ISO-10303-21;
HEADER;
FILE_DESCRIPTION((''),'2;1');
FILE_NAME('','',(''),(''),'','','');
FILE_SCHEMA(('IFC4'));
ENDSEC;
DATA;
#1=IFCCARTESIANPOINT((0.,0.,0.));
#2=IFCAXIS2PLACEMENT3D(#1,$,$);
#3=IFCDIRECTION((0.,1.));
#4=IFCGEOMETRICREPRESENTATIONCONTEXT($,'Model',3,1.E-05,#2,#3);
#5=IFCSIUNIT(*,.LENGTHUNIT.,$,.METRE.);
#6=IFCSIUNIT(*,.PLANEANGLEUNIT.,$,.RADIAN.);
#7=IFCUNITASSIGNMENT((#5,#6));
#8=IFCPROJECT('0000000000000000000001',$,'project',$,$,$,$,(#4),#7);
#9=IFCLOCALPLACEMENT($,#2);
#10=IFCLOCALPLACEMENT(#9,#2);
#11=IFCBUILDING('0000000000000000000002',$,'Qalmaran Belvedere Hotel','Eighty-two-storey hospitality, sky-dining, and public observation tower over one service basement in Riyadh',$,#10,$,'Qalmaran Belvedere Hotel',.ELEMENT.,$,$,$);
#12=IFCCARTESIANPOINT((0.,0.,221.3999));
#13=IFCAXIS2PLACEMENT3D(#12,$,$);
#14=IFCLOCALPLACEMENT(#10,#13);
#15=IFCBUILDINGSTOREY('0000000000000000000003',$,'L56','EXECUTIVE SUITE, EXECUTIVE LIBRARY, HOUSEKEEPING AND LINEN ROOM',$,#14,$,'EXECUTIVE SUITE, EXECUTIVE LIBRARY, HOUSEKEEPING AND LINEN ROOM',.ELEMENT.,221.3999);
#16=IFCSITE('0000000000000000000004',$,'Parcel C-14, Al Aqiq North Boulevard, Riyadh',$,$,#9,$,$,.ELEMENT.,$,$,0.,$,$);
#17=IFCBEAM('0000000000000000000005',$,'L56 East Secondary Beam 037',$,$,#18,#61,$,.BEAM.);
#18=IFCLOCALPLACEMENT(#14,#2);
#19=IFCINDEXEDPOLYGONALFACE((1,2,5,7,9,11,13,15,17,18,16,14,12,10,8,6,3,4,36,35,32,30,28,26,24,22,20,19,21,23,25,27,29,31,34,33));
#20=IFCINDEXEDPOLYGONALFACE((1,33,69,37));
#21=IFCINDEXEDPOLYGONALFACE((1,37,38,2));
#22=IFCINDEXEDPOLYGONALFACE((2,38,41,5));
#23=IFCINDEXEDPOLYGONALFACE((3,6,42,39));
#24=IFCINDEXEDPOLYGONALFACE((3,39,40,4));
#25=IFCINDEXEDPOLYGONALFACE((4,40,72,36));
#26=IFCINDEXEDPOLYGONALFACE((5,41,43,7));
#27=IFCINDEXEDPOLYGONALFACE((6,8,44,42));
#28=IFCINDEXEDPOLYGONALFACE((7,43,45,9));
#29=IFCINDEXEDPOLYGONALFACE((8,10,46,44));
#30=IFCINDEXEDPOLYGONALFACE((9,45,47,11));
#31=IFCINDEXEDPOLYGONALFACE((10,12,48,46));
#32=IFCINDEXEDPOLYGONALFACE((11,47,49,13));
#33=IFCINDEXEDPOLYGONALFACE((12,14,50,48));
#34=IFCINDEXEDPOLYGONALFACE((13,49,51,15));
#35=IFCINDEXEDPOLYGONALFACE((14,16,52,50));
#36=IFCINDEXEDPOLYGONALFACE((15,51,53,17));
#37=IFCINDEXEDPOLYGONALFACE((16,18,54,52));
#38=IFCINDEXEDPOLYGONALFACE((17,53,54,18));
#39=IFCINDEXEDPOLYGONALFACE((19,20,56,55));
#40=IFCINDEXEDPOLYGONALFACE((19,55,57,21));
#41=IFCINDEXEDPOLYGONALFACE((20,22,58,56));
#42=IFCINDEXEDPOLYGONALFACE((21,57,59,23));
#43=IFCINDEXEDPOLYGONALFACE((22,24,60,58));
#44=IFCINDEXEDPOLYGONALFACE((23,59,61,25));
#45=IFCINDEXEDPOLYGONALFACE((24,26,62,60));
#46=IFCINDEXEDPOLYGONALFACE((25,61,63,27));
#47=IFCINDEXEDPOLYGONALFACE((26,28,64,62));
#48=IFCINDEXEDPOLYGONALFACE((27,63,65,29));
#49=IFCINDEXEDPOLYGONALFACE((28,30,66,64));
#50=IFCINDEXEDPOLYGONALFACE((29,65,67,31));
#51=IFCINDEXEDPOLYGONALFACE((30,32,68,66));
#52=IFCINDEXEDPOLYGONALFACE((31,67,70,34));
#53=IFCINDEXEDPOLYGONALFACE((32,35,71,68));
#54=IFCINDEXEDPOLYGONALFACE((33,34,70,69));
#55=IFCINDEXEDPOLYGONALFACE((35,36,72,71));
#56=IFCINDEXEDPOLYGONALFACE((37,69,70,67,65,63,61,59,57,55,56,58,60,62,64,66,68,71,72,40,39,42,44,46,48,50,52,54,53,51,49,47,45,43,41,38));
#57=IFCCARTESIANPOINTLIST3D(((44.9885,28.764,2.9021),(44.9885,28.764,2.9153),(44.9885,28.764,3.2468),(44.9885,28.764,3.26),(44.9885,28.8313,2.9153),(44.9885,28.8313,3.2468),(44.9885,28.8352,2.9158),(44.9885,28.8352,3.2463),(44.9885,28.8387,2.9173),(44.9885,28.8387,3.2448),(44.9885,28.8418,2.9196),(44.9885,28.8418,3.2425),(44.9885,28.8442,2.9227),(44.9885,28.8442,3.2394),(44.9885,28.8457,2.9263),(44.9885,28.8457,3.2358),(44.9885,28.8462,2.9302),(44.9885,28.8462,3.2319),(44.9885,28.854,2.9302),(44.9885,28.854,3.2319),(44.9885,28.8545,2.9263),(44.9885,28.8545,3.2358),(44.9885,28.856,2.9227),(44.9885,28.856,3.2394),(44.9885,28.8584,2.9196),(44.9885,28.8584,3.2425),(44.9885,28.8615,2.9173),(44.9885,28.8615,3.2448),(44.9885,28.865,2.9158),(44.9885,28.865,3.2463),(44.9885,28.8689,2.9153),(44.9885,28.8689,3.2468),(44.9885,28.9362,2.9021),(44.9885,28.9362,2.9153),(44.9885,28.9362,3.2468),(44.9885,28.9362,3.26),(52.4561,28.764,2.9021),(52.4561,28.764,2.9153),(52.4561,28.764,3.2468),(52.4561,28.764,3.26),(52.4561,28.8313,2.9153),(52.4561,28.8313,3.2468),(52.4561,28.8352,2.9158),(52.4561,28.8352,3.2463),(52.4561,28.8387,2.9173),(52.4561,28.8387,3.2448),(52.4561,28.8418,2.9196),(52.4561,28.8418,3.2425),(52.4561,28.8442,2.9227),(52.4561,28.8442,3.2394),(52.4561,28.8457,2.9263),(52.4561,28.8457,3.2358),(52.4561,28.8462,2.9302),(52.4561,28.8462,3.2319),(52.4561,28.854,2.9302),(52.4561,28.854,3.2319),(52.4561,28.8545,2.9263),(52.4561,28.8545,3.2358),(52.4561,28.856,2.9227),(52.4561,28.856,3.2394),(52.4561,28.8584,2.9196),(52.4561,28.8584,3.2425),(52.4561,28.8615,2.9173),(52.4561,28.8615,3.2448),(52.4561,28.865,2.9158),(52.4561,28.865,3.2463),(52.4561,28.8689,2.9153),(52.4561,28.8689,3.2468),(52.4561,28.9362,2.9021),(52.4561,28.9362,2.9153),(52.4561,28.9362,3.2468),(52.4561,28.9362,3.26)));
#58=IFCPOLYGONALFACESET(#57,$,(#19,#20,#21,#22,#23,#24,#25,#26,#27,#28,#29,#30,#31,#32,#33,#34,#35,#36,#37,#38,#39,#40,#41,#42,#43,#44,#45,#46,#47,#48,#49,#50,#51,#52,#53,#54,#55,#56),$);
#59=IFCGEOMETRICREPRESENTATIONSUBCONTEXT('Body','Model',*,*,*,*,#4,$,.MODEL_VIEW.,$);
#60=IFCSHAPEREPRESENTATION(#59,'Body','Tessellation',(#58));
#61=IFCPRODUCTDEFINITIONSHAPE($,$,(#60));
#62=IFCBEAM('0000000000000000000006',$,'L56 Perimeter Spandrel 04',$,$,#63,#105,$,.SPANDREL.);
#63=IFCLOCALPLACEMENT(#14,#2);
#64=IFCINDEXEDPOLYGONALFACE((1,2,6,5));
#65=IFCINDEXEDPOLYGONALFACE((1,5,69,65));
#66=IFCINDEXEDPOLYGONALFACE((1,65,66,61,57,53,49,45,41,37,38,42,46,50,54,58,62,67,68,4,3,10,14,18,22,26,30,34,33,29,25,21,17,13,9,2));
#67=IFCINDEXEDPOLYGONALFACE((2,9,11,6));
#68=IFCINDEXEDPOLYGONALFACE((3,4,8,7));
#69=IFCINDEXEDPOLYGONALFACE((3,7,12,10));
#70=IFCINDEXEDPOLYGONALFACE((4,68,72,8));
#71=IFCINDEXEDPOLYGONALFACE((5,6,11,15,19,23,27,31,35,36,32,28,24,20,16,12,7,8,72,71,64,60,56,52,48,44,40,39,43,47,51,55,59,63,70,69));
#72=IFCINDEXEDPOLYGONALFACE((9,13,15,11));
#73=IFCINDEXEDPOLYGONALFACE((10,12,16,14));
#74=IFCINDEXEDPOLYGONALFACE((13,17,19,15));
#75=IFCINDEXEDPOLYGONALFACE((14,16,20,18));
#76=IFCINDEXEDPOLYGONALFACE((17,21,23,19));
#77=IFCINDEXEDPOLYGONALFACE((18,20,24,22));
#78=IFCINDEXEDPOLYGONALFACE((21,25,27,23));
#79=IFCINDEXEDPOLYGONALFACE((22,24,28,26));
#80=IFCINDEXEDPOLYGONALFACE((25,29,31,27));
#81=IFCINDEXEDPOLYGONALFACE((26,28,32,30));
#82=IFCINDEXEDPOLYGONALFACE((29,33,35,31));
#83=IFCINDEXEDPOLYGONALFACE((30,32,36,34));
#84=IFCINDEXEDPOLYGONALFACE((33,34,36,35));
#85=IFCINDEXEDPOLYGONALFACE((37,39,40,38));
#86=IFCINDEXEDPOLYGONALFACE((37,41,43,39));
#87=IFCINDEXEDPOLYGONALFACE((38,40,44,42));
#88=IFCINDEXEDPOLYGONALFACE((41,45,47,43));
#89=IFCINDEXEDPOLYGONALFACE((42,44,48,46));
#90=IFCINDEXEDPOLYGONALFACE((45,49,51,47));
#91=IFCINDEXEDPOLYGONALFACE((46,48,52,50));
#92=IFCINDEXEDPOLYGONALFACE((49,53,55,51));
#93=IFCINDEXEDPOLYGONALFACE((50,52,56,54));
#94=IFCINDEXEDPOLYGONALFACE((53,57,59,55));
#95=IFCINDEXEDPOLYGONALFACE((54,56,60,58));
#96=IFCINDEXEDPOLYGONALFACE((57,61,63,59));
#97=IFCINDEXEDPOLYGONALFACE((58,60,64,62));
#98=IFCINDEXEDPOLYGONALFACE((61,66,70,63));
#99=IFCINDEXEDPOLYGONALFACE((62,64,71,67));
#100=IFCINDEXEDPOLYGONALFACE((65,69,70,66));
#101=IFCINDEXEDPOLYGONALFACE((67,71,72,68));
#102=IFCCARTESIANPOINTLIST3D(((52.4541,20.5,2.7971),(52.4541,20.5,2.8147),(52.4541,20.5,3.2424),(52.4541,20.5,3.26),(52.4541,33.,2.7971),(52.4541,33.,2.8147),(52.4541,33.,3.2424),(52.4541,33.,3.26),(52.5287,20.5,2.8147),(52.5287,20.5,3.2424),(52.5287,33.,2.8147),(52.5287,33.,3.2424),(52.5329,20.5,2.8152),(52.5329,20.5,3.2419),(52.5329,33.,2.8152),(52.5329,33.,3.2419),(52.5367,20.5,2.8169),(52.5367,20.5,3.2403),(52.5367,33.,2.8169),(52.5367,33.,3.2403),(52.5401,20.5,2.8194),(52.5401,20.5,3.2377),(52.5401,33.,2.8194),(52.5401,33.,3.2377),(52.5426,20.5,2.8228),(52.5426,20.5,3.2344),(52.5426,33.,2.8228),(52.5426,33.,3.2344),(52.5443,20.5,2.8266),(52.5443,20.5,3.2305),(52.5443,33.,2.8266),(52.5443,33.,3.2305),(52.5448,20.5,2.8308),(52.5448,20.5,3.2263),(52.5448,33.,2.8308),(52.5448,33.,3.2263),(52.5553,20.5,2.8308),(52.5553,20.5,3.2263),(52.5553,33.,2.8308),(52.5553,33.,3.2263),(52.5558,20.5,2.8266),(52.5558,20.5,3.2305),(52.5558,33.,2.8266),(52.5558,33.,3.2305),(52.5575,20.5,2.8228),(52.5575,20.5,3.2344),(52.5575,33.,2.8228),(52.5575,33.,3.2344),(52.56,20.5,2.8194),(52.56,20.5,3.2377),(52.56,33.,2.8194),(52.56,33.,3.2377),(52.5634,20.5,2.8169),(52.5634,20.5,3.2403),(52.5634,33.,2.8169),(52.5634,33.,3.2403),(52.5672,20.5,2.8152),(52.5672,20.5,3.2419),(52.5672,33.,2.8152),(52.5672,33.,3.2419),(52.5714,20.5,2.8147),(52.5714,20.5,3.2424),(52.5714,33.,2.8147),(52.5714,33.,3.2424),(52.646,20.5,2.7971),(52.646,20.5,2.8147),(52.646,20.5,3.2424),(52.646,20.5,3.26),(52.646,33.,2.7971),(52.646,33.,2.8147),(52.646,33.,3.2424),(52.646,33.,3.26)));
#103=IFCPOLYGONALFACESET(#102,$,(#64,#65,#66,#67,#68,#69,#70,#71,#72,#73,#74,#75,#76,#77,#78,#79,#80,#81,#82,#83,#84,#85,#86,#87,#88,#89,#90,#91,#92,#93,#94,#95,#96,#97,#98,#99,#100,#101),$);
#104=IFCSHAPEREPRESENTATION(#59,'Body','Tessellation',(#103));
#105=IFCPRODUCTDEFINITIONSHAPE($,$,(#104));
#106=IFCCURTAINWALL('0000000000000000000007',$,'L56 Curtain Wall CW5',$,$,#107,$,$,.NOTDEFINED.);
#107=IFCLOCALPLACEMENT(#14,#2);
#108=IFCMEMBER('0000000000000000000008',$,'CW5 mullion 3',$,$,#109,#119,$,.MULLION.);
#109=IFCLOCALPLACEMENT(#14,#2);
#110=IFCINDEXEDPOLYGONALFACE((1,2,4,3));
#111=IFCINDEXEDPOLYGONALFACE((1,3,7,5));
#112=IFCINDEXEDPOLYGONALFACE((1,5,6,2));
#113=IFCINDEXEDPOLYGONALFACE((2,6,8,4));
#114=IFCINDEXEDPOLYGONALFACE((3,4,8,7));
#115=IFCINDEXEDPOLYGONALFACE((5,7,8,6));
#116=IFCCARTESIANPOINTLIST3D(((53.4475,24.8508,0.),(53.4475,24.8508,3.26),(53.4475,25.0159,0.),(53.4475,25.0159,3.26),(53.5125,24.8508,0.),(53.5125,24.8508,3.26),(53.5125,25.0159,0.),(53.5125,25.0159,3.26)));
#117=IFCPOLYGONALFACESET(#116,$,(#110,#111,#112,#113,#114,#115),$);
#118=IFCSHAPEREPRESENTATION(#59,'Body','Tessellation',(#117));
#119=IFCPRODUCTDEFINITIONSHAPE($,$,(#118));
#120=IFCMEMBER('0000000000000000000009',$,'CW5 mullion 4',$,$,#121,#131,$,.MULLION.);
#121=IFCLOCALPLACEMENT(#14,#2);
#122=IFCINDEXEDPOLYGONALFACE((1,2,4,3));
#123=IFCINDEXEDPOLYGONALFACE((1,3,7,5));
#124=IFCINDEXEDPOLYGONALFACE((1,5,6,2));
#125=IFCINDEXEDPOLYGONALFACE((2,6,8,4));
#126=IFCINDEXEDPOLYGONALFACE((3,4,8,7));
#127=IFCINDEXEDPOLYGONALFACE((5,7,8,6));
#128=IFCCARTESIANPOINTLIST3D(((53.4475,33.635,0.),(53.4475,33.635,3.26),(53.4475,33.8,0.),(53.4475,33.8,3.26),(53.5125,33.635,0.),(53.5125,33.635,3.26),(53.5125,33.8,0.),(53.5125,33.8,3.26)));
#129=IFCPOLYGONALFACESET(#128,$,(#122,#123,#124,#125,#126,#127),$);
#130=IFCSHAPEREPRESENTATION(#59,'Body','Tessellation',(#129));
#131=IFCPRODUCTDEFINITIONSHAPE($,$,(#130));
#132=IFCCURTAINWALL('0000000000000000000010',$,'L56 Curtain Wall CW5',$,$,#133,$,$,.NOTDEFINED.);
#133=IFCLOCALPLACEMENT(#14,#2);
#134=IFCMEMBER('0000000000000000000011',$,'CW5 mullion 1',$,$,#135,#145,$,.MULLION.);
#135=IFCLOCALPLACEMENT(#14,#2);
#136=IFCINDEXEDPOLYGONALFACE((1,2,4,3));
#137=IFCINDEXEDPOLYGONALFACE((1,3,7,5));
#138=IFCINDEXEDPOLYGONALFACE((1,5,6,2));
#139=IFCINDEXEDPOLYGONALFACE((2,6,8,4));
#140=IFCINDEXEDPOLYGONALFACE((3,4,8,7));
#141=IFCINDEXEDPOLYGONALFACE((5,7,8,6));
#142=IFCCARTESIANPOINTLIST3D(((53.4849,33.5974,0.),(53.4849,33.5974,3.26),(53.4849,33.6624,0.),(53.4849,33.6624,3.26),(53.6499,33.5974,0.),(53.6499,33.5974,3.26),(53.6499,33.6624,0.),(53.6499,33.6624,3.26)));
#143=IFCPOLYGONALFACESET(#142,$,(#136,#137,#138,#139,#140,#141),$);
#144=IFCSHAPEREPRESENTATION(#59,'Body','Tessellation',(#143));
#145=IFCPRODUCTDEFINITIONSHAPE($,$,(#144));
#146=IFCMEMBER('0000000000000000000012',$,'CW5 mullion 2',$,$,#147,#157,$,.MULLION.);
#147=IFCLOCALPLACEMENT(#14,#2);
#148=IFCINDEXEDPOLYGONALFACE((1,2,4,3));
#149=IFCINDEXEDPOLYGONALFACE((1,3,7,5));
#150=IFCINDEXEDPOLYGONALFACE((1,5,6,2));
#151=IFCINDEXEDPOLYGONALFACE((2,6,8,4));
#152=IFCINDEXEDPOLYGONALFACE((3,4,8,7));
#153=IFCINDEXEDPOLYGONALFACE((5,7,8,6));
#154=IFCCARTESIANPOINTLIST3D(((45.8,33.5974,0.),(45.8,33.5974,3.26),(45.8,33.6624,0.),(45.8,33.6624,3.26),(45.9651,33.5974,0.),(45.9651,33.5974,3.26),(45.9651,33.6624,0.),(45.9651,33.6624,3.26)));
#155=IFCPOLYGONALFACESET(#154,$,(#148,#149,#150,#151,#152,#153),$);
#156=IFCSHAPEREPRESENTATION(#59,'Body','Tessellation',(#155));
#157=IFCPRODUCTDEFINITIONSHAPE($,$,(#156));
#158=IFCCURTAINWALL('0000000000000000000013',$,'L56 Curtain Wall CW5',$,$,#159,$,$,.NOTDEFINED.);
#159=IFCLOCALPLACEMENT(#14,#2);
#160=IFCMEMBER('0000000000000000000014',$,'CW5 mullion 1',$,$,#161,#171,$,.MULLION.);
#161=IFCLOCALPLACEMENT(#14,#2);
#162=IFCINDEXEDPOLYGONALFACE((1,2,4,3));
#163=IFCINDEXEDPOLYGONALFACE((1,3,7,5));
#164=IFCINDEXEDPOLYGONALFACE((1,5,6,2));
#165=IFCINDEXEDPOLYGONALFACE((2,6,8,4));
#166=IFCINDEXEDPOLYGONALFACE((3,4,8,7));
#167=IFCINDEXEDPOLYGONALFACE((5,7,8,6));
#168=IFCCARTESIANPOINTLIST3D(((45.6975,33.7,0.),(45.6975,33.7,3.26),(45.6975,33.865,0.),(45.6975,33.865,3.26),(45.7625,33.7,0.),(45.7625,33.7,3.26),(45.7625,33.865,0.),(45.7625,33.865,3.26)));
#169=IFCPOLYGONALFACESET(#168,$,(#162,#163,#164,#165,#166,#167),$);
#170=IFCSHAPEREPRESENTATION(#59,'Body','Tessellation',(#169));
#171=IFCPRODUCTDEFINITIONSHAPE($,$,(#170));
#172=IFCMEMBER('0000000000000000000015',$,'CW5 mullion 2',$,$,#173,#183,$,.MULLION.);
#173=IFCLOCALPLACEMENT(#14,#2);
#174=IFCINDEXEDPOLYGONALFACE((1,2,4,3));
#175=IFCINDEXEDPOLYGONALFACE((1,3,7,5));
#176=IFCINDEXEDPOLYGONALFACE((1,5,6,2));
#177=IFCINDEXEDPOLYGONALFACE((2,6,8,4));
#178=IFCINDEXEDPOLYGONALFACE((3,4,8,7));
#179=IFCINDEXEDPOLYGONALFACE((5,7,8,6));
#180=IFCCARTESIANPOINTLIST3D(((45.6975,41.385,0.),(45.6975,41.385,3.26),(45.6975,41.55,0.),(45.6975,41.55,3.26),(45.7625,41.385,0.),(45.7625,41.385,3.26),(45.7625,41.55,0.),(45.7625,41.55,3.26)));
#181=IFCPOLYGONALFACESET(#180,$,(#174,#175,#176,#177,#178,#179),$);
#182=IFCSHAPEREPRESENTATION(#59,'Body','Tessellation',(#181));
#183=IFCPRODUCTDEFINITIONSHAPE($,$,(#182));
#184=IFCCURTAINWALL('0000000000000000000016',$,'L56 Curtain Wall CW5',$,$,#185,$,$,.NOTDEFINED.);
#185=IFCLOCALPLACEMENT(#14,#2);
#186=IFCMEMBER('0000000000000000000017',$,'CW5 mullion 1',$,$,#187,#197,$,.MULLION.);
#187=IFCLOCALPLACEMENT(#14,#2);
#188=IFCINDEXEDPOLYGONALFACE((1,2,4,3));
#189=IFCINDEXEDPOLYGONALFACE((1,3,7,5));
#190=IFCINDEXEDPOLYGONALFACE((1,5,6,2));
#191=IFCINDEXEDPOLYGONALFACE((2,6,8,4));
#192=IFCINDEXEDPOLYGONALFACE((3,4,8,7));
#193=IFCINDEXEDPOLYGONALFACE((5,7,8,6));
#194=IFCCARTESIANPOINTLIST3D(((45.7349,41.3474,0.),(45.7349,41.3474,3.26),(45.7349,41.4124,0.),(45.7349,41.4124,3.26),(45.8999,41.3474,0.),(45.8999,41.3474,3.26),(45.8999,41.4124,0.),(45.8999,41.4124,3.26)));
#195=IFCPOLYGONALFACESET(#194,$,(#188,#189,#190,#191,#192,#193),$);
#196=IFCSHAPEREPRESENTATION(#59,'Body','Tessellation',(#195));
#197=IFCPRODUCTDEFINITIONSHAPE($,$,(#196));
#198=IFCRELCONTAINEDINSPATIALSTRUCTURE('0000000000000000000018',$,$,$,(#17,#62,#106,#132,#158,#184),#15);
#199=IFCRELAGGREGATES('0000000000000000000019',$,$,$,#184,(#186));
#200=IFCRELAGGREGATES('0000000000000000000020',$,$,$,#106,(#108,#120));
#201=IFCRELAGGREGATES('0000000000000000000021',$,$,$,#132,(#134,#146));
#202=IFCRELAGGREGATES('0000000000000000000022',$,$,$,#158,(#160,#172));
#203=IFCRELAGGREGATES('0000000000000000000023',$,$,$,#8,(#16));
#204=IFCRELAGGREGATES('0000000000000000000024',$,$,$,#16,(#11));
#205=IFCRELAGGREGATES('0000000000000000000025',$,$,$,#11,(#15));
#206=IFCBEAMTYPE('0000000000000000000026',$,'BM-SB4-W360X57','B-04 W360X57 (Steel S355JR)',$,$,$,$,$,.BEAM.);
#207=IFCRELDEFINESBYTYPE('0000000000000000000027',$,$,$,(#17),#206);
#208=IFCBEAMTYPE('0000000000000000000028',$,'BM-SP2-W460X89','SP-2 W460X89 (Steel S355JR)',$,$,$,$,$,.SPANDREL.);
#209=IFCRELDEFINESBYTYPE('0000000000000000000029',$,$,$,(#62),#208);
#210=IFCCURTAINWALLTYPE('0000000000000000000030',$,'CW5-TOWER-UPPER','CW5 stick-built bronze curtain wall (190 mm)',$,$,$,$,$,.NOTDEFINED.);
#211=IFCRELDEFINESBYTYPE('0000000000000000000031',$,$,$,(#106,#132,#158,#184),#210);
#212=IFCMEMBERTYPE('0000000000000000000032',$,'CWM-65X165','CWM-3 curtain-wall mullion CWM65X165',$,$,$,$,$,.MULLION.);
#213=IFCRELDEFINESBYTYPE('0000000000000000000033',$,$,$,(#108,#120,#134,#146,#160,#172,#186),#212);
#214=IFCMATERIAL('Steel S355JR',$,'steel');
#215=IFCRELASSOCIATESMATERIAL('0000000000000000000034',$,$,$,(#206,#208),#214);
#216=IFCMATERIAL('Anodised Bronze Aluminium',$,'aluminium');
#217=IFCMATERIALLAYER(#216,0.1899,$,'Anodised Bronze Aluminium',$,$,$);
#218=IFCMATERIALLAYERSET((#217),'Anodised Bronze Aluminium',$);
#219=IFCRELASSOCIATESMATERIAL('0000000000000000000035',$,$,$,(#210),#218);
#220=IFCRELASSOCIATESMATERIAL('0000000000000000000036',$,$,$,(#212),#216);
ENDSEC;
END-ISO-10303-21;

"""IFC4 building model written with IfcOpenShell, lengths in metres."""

from ifc_helpers import new_model, si_unit, direction, frame, origin, origin_2d, place, context, subcontext, project, spatial, rectangle, i_section, extrude, material, layer, layer_set, material_profile, profile_set, type_object, element, aggregate, save


model = new_model("IFC4")

# Units and contexts
model_context = context("Model", 3, precision=1e-05, world=origin(), true_north=direction((0.0, 1.0)))
body_context = subcontext(model_context, "Body", "Model", "MODEL_VIEW")
ifc_project = project(units=[si_unit("LENGTHUNIT", "METRE"), si_unit("PLANEANGLEUNIT", "RADIAN")], contexts=[model_context])

# Site, building, storey
site_placement = place(None, origin())
site = spatial("IfcSite", under=ifc_project, at=site_placement, Name="Parcel C-14, Al Aqiq North Boulevard, Riyadh", CompositionType="ELEMENT", RefElevation=0.0)
building_placement = place(site_placement, origin())
building = spatial("IfcBuilding", under=site, at=building_placement, Name="Qalmaran Belvedere Hotel", Description="Eighty-two-storey hospitality, sky-dining, and public observation tower over one service basement in Riyadh", LongName="Qalmaran Belvedere Hotel", CompositionType="ELEMENT")
storey_placement = place(building_placement, frame((0.0, 0.0, 221.3999)))
storey = spatial("IfcBuildingStorey", under=building, at=storey_placement, Name="L56", Description="EXECUTIVE SUITE, EXECUTIVE LIBRARY, HOUSEKEEPING AND LINEN ROOM", LongName="EXECUTIVE SUITE, EXECUTIVE LIBRARY, HOUSEKEEPING AND LINEN ROOM", CompositionType="ELEMENT", Elevation=221.3999)

# Beams
ifc_material_1 = material(Name="Steel S355JR", Category="steel")
ifc_material_profile_1 = material_profile(ifc_material_1, i_section(OverallWidth=0.1721, OverallDepth=0.3579, WebThickness=0.0078, FlangeThickness=0.0132, FilletRadius=0.0149, at=origin_2d()), Name="W360X57")
ifc_profile_set_1 = profile_set([ifc_material_profile_1], Name="Steel S355JR")
beam_type_1 = type_object("IfcBeamType", Name="BM-SB4-W360X57", Description="B-04 W360X57 (Steel S355JR)", PredefinedType="BEAM", material=ifc_profile_set_1)
for number, where, z_axis, x_axis, name in (
    (1, (44.9885, 28.8501, 3.0811), (1.0, 0.0, 0.0), (0.0, 1.0, 0.0), "L56 East Secondary Beam 037"),
):
    element("IfcBeam", number, at=place(storey_placement, frame(where, z_axis=z_axis, x_axis=x_axis)), inside=storey, type_object=beam_type_1, Name=name, PredefinedType="BEAM", context=body_context, shape_type="SweptSolid", body=[
        extrude(i_section(OverallWidth=0.1721, OverallDepth=0.3579, WebThickness=0.0078, FlangeThickness=0.0132, FilletRadius=0.0149, at=origin_2d()), origin(), (0.0, 0.0, 1.0), 7.4675),
    ])
ifc_material_profile_2 = material_profile(ifc_material_1, i_section(OverallWidth=0.1919, OverallDepth=0.4629, WebThickness=0.0105, FlangeThickness=0.0176, FilletRadius=0.0161, at=origin_2d()), Name="W460X89")
ifc_profile_set_2 = profile_set([ifc_material_profile_2], Name="Steel S355JR")
beam_type_2 = type_object("IfcBeamType", Name="BM-SP2-W460X89", Description="SP-2 W460X89 (Steel S355JR)", PredefinedType="SPANDREL", material=ifc_profile_set_2)
beam_1_placement = place(storey_placement, frame((52.55, 20.5, 3.0286), z_axis=(0.0, 1.0, 0.0), x_axis=(-1.0, 0.0, 0.0)))
element("IfcBeam", 2, at=beam_1_placement, inside=storey, type_object=beam_type_2, Name="L56 Perimeter Spandrel 04", PredefinedType="SPANDREL", context=body_context, shape_type="SweptSolid", body=[
    extrude(i_section(OverallWidth=0.1919, OverallDepth=0.4629, WebThickness=0.0105, FlangeThickness=0.0176, FilletRadius=0.0161, at=origin_2d()), origin(), (0.0, 0.0, 1.0), 12.5),
])

# Curtain walls, members
ifc_material_2 = material(Name="Anodised Bronze Aluminium", Category="aluminium")
ifc_layer_1 = layer(ifc_material_2, 0.1899, Name="Anodised Bronze Aluminium")
ifc_layer_set_1 = layer_set([ifc_layer_1], Name="Anodised Bronze Aluminium")
curtain_wall_type = type_object("IfcCurtainWallType", Name="CW5-TOWER-UPPER", Description="CW5 stick-built bronze curtain wall (190 mm)", PredefinedType="NOTDEFINED", material=ifc_layer_set_1)
curtain_wall_1_placement = place(storey_placement, origin())
curtain_wall_1 = element("IfcCurtainWall", 3, at=curtain_wall_1_placement, inside=storey, type_object=curtain_wall_type, Name="L56 Curtain Wall CW5", PredefinedType="NOTDEFINED")
ifc_material_profile_3 = material_profile(ifc_material_2, rectangle(XDim=0.0649, YDim=0.165, at=origin_2d()), Name="CWM65X165")
ifc_profile_set_3 = profile_set([ifc_material_profile_3], Name="Anodised Bronze Aluminium")
member_type_1 = type_object("IfcMemberType", Name="CWM-65X165", Description="CWM-3 curtain-wall mullion CWM65X165", PredefinedType="MULLION", material=ifc_profile_set_3)
member_1_placement = place(storey_placement, frame((53.48, 24.9333, 0.0), z_axis=(0.0, 0.0, 1.0), x_axis=(-1.0, 0.0, 0.0)))
member_1 = element("IfcMember", 4, at=member_1_placement, type_object=member_type_1, Name="CW5 mullion 3", PredefinedType="MULLION", context=body_context, shape_type="SweptSolid", body=[
    extrude(rectangle(XDim=0.0649, YDim=0.165, at=origin_2d()), origin(), (0.0, 0.0, 1.0), 3.26),
])
member_2_placement = place(storey_placement, frame((53.48, 33.7175, 0.0), z_axis=(0.0, 0.0, 1.0), x_axis=(-1.0, 0.0, 0.0)))
member_2 = element("IfcMember", 5, at=member_2_placement, type_object=member_type_1, Name="CW5 mullion 4", PredefinedType="MULLION", context=body_context, shape_type="SweptSolid", body=[
    extrude(rectangle(XDim=0.0649, YDim=0.165, at=origin_2d()), origin(), (0.0, 0.0, 1.0), 3.26),
])
curtain_wall_2_placement = place(storey_placement, origin())
curtain_wall_2 = element("IfcCurtainWall", 6, at=curtain_wall_2_placement, inside=storey, type_object=curtain_wall_type, Name="L56 Curtain Wall CW5", PredefinedType="NOTDEFINED")
member_3_placement = place(storey_placement, frame((53.5674, 33.6299, 0.0), z_axis=(0.0, 0.0, 1.0), x_axis=(0.0, -1.0, 0.0)))
member_3 = element("IfcMember", 7, at=member_3_placement, type_object=member_type_1, Name="CW5 mullion 1", PredefinedType="MULLION", context=body_context, shape_type="SweptSolid", body=[
    extrude(rectangle(XDim=0.0649, YDim=0.165, at=origin_2d()), origin(), (0.0, 0.0, 1.0), 3.26),
])
member_4_placement = place(storey_placement, frame((45.8826, 33.6299, 0.0), z_axis=(0.0, 0.0, 1.0), x_axis=(0.0, -1.0, 0.0)))
member_4 = element("IfcMember", 8, at=member_4_placement, type_object=member_type_1, Name="CW5 mullion 2", PredefinedType="MULLION", context=body_context, shape_type="SweptSolid", body=[
    extrude(rectangle(XDim=0.0649, YDim=0.165, at=origin_2d()), origin(), (0.0, 0.0, 1.0), 3.26),
])
curtain_wall_3_placement = place(storey_placement, origin())
curtain_wall_3 = element("IfcCurtainWall", 9, at=curtain_wall_3_placement, inside=storey, type_object=curtain_wall_type, Name="L56 Curtain Wall CW5", PredefinedType="NOTDEFINED")
member_5_placement = place(storey_placement, frame((45.73, 33.7825, 0.0), z_axis=(0.0, 0.0, 1.0), x_axis=(-1.0, 0.0, 0.0)))
member_5 = element("IfcMember", 10, at=member_5_placement, type_object=member_type_1, Name="CW5 mullion 1", PredefinedType="MULLION", context=body_context, shape_type="SweptSolid", body=[
    extrude(rectangle(XDim=0.0649, YDim=0.165, at=origin_2d()), origin(), (0.0, 0.0, 1.0), 3.26),
])
member_6_placement = place(storey_placement, frame((45.73, 41.4675, 0.0), z_axis=(0.0, 0.0, 1.0), x_axis=(-1.0, 0.0, 0.0)))
member_6 = element("IfcMember", 11, at=member_6_placement, type_object=member_type_1, Name="CW5 mullion 2", PredefinedType="MULLION", context=body_context, shape_type="SweptSolid", body=[
    extrude(rectangle(XDim=0.0649, YDim=0.165, at=origin_2d()), origin(), (0.0, 0.0, 1.0), 3.26),
])

# Curtain wall, member
curtain_wall_4_placement = place(storey_placement, origin())
curtain_wall_4 = element("IfcCurtainWall", 12, at=curtain_wall_4_placement, inside=storey, type_object=curtain_wall_type, Name="L56 Curtain Wall CW5", PredefinedType="NOTDEFINED")
member_7_placement = place(storey_placement, frame((45.8174, 41.3799, 0.0), z_axis=(0.0, 0.0, 1.0), x_axis=(0.0, -1.0, 0.0)))
member_7 = element("IfcMember", 13, at=member_7_placement, type_object=member_type_1, Name="CW5 mullion 1", PredefinedType="MULLION", context=body_context, shape_type="SweptSolid", body=[
    extrude(rectangle(XDim=0.0649, YDim=0.165, at=origin_2d()), origin(), (0.0, 0.0, 1.0), 3.26),
])

aggregate(curtain_wall_4, [member_7])

aggregate(curtain_wall_1, [member_1, member_2])
aggregate(curtain_wall_2, [member_3, member_4])
aggregate(curtain_wall_3, [member_5, member_6])

save(model, "model.ifc")
